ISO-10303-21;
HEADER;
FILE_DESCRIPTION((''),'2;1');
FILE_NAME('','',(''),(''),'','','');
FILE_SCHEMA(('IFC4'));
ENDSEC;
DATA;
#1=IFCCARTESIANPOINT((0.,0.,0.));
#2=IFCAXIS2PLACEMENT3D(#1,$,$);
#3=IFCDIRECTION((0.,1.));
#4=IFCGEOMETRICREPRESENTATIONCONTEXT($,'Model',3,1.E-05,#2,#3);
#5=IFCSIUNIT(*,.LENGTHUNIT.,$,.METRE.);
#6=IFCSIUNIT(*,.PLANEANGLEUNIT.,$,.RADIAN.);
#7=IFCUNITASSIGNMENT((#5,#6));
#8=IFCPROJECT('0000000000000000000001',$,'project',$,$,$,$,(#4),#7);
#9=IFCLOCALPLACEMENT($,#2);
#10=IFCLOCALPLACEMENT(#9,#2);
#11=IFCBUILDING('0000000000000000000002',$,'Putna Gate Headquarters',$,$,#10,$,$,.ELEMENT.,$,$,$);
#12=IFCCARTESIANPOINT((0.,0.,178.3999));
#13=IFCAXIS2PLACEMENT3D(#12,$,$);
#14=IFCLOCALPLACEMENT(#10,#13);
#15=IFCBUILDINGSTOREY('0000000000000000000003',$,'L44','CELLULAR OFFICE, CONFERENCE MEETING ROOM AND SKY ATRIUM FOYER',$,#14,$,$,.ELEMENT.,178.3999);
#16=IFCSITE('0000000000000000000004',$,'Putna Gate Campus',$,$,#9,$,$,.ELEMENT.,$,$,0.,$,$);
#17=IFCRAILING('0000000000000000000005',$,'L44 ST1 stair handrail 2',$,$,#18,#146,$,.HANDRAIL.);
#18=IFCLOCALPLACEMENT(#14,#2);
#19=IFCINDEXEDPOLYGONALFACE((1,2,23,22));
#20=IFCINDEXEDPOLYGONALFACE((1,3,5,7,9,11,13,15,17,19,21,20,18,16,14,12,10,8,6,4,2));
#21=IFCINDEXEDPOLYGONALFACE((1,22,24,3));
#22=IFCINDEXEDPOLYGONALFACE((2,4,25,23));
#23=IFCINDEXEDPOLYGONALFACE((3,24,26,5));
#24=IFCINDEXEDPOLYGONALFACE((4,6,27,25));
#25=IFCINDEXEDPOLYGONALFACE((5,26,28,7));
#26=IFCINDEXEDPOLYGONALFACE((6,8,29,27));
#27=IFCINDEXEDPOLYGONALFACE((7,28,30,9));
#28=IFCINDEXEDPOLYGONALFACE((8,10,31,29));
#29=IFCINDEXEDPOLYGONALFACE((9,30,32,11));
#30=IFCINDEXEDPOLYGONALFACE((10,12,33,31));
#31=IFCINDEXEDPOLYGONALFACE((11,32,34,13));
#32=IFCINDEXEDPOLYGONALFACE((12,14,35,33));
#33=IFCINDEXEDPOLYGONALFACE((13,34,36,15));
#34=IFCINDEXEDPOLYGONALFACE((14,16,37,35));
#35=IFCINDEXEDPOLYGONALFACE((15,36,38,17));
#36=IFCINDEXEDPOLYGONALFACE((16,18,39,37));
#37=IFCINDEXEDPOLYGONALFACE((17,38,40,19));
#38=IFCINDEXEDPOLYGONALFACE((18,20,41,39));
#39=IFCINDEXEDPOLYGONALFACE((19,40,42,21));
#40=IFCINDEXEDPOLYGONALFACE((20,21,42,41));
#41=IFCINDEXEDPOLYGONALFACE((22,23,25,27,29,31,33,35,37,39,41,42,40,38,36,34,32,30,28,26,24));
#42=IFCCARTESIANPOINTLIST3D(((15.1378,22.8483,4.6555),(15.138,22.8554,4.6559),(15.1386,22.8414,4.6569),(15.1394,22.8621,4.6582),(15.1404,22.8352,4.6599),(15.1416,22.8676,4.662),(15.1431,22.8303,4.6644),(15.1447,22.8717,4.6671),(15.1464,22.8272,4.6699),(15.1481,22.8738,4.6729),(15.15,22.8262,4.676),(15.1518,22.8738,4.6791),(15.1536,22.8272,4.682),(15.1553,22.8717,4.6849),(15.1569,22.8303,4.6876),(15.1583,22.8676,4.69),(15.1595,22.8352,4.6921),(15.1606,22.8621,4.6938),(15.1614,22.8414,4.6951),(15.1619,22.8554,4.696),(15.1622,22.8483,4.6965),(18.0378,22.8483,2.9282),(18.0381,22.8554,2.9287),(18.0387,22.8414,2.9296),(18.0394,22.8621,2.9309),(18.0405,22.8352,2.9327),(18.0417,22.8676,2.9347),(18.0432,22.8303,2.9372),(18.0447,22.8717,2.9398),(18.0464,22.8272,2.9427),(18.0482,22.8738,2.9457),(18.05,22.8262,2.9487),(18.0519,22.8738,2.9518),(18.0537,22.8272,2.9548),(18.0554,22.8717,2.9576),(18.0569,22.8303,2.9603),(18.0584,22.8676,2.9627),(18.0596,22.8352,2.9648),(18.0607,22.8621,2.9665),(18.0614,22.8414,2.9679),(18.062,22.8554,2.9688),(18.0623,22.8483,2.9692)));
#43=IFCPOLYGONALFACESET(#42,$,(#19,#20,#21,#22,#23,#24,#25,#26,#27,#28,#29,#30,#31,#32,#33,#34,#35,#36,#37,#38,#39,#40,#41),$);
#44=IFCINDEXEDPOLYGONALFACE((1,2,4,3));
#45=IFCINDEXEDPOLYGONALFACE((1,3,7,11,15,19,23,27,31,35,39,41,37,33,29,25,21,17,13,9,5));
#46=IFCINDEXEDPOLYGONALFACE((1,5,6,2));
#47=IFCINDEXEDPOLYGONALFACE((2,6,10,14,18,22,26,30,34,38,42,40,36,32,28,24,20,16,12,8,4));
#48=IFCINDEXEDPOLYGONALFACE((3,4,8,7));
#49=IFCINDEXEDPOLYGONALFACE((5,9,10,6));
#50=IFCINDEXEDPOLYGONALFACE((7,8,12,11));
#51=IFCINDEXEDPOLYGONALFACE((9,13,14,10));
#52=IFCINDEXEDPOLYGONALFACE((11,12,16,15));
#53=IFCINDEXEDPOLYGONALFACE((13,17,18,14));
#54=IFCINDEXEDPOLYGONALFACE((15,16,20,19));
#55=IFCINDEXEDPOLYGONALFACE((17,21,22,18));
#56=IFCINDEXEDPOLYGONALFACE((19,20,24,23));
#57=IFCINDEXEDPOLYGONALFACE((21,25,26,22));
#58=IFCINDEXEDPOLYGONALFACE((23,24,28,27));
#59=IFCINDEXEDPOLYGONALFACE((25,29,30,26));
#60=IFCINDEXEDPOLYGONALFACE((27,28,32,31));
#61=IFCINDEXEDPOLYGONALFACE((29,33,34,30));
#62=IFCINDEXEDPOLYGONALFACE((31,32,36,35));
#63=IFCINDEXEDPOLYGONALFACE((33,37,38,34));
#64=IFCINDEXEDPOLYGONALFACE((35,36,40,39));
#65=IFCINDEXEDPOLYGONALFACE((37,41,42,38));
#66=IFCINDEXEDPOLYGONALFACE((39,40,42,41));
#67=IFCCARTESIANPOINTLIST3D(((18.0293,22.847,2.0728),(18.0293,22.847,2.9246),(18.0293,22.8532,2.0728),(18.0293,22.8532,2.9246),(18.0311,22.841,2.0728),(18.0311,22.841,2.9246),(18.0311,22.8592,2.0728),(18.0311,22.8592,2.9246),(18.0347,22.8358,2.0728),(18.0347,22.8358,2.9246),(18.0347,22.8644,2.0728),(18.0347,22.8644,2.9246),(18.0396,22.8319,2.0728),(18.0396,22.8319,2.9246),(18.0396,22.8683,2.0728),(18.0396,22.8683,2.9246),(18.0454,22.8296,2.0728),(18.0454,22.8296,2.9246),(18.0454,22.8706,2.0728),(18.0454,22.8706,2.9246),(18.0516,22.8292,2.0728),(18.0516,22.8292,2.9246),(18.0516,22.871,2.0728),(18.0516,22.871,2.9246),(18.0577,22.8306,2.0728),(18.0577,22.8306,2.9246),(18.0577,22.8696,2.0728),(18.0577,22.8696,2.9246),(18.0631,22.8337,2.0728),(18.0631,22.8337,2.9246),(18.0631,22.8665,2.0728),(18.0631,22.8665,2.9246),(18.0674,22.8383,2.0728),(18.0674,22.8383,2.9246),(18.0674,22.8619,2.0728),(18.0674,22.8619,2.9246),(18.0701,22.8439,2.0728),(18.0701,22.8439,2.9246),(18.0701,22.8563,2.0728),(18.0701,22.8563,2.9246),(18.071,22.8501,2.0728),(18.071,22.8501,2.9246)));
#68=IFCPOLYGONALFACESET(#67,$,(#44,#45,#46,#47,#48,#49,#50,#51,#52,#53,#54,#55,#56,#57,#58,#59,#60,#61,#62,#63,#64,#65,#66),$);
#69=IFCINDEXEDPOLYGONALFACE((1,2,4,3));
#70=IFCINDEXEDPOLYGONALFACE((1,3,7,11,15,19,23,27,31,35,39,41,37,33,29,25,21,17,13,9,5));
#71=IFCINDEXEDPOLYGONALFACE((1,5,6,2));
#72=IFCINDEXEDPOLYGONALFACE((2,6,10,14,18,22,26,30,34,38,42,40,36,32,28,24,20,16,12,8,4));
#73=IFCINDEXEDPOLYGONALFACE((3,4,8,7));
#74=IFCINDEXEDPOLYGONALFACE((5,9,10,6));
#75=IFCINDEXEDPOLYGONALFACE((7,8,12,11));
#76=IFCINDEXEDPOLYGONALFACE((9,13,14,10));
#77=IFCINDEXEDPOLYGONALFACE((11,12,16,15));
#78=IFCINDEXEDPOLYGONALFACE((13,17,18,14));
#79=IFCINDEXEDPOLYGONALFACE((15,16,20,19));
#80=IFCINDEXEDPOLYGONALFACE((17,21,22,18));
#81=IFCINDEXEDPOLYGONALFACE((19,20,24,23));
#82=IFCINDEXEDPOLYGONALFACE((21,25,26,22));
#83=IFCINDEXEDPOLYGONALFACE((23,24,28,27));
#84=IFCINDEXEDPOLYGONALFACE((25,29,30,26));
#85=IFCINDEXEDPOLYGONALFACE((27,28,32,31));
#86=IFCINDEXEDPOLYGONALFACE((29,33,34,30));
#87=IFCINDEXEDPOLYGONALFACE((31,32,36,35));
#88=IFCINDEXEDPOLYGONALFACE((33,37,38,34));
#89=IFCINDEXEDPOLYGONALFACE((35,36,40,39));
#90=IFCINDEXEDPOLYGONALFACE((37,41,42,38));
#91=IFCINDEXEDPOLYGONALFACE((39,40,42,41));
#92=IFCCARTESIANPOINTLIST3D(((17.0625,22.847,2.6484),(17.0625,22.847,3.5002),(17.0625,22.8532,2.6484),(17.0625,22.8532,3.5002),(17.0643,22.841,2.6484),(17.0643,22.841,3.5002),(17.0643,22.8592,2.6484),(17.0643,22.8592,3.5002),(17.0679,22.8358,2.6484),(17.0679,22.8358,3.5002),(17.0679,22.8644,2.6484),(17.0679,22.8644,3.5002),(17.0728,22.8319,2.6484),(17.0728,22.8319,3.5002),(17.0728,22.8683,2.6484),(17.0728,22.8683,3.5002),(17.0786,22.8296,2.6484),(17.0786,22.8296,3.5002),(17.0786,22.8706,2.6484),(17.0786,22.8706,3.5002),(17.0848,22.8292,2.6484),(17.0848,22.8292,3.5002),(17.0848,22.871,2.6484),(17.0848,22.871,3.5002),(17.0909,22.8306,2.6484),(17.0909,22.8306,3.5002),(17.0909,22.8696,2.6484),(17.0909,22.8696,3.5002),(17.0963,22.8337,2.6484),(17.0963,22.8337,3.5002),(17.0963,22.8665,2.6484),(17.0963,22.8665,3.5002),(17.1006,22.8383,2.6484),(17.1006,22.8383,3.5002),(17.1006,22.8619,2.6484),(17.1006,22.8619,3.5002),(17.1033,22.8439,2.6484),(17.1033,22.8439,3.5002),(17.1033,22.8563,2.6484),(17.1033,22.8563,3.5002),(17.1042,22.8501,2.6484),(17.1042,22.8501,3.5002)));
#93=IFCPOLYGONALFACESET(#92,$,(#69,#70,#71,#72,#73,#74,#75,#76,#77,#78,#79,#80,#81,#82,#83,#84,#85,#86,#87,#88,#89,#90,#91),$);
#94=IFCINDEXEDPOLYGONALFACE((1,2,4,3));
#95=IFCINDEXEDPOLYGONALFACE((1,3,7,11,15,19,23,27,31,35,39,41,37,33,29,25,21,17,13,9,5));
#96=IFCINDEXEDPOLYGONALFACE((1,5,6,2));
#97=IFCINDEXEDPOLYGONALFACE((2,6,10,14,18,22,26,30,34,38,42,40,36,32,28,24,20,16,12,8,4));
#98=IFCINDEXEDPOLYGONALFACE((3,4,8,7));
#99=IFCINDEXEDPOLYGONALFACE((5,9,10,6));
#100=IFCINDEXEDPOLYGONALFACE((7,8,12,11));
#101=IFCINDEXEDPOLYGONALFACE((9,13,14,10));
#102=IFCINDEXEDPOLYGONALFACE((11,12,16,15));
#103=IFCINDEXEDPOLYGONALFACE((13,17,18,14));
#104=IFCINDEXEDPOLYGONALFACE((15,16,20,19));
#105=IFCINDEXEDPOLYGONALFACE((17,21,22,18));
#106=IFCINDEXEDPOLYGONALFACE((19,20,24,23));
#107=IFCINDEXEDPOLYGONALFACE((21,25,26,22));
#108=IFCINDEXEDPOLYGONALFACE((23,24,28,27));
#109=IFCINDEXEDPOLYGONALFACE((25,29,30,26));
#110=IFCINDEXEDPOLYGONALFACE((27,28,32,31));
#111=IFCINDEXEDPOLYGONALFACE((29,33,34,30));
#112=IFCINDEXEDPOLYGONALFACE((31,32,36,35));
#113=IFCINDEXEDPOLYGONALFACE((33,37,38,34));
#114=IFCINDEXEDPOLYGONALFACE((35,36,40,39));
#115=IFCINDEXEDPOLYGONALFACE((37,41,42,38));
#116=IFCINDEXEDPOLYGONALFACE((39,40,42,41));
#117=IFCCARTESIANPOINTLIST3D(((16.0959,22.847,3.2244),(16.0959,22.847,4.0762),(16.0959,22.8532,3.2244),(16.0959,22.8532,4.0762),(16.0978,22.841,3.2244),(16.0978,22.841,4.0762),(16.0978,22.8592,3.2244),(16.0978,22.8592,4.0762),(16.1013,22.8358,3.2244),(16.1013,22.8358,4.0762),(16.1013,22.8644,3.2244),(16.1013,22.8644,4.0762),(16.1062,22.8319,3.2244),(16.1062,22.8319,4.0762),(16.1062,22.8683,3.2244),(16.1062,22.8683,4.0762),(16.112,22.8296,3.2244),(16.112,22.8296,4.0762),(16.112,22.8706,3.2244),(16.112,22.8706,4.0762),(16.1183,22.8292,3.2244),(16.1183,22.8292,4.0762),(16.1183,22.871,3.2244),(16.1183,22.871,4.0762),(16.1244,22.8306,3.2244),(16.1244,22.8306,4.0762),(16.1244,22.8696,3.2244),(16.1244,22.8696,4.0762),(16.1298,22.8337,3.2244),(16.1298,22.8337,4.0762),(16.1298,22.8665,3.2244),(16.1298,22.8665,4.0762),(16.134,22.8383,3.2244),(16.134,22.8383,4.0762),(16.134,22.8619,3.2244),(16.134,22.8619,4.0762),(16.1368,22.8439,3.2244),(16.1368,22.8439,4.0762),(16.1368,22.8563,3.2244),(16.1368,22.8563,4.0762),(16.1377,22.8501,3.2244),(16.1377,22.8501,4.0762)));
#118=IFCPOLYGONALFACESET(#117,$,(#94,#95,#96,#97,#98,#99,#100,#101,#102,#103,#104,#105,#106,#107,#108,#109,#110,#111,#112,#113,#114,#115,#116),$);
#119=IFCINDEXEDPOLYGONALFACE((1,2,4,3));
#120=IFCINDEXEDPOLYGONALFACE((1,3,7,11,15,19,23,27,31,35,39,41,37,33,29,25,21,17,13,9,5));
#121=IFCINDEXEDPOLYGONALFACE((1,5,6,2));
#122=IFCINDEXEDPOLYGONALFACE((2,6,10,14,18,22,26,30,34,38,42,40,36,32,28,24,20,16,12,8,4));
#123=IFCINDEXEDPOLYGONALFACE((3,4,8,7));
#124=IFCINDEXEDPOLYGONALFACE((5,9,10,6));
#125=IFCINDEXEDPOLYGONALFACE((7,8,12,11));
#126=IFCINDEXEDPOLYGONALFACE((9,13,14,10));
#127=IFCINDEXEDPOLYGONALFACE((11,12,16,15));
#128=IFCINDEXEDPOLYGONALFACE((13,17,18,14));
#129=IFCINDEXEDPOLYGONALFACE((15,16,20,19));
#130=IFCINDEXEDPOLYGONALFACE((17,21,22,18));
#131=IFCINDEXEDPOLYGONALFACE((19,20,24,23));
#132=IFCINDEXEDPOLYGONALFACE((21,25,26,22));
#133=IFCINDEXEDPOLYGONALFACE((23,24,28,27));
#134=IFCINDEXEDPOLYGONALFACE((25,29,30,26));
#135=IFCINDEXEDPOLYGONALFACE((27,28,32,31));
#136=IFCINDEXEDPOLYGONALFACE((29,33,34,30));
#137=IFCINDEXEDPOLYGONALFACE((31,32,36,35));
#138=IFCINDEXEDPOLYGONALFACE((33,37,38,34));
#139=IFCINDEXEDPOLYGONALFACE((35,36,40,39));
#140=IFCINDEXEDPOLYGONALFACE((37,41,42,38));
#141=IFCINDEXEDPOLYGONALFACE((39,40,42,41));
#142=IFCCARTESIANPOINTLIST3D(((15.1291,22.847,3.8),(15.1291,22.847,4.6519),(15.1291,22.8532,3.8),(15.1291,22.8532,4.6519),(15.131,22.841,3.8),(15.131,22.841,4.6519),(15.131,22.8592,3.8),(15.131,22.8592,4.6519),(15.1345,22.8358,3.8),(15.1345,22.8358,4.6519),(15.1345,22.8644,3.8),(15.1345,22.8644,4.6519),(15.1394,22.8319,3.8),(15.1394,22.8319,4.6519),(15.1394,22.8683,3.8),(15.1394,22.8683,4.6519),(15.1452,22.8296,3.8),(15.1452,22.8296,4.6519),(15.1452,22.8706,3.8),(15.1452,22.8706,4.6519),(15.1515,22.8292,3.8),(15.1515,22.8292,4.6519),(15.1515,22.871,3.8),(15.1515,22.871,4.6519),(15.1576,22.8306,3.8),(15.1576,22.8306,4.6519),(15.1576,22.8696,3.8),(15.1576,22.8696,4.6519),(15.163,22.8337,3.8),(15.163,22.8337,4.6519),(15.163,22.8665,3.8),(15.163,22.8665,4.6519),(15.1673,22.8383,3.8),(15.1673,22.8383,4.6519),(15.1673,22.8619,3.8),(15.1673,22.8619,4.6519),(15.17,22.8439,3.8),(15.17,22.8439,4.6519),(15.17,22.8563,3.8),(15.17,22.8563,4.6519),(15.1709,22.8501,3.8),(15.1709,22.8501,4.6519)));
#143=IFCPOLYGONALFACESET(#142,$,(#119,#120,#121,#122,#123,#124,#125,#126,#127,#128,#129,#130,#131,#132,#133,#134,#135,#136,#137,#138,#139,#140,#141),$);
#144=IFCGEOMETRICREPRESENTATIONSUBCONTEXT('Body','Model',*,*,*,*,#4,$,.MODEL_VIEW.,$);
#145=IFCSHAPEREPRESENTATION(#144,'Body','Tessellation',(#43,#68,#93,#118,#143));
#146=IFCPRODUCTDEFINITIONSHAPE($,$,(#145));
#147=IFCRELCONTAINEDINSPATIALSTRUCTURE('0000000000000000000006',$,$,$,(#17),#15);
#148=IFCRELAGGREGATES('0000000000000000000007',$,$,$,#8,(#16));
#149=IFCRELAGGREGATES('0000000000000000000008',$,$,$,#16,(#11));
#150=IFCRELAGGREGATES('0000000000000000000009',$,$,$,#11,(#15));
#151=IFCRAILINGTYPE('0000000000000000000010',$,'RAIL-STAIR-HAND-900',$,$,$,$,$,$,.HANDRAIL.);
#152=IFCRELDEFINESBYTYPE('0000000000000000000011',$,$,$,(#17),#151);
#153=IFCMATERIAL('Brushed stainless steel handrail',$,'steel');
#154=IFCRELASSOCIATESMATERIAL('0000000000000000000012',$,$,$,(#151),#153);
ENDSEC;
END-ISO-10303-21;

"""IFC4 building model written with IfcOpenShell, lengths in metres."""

from ifc_helpers import new_model, si_unit, direction, frame, origin, origin_2d, place, context, subcontext, project, spatial, circle, extrude, material, type_object, element, save


model = new_model("IFC4")

# Units and contexts
model_context = context("Model", 3, precision=1e-05, world=origin(), true_north=direction((0.0, 1.0)))
body_context = subcontext(model_context, "Body", "Model", "MODEL_VIEW")
ifc_project = project(units=[si_unit("LENGTHUNIT", "METRE"), si_unit("PLANEANGLEUNIT", "RADIAN")], contexts=[model_context])

# Site, building, storey
site_placement = place(None, origin())
site = spatial("IfcSite", under=ifc_project, at=site_placement, Name="Putna Gate Campus", CompositionType="ELEMENT", RefElevation=0.0)
building_placement = place(site_placement, origin())
building = spatial("IfcBuilding", under=site, at=building_placement, Name="Putna Gate Headquarters", CompositionType="ELEMENT")
storey_placement = place(building_placement, frame((0.0, 0.0, 178.3999)))
storey = spatial("IfcBuildingStorey", under=building, at=storey_placement, Name="L44", Description="CELLULAR OFFICE, CONFERENCE MEETING ROOM AND SKY ATRIUM FOYER", CompositionType="ELEMENT", Elevation=178.3999)

# Railing
ifc_material_1 = material(Name="Brushed stainless steel handrail", Category="steel")
railing_type_1 = type_object("IfcRailingType", Name="RAIL-STAIR-HAND-900", PredefinedType="HANDRAIL", material=ifc_material_1)
railing_1_placement = place(storey_placement, frame((18.05, 22.8501, 2.0728)))
element("IfcRailing", 1, at=railing_1_placement, inside=storey, type_object=railing_type_1, Name="L44 ST1 stair handrail 2", PredefinedType="HANDRAIL", context=body_context, shape_type="SweptSolid", body=[
    extrude(circle(Radius=0.0239, at=origin_2d()), frame((0.0, 0.0, 0.876), z_axis=(-0.85916, 0.0, 0.511706), x_axis=(0.0, -1.0, 0.0)), (0.0, 0.0, 1.0), 3.3755),
    extrude(circle(Radius=0.021, at=origin_2d()), origin(), (0.0, 0.0, 1.0), 0.8518),
    extrude(circle(Radius=0.021, at=origin_2d()), frame((-0.9668, 0.0, 0.5757)), (0.0, 0.0, 1.0), 0.8518),
    extrude(circle(Radius=0.021, at=origin_2d()), frame((-1.9333, 0.0, 1.1516)), (0.0, 0.0, 1.0), 0.8518),
    extrude(circle(Radius=0.021, at=origin_2d()), frame((-2.9001, 0.0, 1.7273)), (0.0, 0.0, 1.0), 0.8518),
])

save(model, "model.ifc")
